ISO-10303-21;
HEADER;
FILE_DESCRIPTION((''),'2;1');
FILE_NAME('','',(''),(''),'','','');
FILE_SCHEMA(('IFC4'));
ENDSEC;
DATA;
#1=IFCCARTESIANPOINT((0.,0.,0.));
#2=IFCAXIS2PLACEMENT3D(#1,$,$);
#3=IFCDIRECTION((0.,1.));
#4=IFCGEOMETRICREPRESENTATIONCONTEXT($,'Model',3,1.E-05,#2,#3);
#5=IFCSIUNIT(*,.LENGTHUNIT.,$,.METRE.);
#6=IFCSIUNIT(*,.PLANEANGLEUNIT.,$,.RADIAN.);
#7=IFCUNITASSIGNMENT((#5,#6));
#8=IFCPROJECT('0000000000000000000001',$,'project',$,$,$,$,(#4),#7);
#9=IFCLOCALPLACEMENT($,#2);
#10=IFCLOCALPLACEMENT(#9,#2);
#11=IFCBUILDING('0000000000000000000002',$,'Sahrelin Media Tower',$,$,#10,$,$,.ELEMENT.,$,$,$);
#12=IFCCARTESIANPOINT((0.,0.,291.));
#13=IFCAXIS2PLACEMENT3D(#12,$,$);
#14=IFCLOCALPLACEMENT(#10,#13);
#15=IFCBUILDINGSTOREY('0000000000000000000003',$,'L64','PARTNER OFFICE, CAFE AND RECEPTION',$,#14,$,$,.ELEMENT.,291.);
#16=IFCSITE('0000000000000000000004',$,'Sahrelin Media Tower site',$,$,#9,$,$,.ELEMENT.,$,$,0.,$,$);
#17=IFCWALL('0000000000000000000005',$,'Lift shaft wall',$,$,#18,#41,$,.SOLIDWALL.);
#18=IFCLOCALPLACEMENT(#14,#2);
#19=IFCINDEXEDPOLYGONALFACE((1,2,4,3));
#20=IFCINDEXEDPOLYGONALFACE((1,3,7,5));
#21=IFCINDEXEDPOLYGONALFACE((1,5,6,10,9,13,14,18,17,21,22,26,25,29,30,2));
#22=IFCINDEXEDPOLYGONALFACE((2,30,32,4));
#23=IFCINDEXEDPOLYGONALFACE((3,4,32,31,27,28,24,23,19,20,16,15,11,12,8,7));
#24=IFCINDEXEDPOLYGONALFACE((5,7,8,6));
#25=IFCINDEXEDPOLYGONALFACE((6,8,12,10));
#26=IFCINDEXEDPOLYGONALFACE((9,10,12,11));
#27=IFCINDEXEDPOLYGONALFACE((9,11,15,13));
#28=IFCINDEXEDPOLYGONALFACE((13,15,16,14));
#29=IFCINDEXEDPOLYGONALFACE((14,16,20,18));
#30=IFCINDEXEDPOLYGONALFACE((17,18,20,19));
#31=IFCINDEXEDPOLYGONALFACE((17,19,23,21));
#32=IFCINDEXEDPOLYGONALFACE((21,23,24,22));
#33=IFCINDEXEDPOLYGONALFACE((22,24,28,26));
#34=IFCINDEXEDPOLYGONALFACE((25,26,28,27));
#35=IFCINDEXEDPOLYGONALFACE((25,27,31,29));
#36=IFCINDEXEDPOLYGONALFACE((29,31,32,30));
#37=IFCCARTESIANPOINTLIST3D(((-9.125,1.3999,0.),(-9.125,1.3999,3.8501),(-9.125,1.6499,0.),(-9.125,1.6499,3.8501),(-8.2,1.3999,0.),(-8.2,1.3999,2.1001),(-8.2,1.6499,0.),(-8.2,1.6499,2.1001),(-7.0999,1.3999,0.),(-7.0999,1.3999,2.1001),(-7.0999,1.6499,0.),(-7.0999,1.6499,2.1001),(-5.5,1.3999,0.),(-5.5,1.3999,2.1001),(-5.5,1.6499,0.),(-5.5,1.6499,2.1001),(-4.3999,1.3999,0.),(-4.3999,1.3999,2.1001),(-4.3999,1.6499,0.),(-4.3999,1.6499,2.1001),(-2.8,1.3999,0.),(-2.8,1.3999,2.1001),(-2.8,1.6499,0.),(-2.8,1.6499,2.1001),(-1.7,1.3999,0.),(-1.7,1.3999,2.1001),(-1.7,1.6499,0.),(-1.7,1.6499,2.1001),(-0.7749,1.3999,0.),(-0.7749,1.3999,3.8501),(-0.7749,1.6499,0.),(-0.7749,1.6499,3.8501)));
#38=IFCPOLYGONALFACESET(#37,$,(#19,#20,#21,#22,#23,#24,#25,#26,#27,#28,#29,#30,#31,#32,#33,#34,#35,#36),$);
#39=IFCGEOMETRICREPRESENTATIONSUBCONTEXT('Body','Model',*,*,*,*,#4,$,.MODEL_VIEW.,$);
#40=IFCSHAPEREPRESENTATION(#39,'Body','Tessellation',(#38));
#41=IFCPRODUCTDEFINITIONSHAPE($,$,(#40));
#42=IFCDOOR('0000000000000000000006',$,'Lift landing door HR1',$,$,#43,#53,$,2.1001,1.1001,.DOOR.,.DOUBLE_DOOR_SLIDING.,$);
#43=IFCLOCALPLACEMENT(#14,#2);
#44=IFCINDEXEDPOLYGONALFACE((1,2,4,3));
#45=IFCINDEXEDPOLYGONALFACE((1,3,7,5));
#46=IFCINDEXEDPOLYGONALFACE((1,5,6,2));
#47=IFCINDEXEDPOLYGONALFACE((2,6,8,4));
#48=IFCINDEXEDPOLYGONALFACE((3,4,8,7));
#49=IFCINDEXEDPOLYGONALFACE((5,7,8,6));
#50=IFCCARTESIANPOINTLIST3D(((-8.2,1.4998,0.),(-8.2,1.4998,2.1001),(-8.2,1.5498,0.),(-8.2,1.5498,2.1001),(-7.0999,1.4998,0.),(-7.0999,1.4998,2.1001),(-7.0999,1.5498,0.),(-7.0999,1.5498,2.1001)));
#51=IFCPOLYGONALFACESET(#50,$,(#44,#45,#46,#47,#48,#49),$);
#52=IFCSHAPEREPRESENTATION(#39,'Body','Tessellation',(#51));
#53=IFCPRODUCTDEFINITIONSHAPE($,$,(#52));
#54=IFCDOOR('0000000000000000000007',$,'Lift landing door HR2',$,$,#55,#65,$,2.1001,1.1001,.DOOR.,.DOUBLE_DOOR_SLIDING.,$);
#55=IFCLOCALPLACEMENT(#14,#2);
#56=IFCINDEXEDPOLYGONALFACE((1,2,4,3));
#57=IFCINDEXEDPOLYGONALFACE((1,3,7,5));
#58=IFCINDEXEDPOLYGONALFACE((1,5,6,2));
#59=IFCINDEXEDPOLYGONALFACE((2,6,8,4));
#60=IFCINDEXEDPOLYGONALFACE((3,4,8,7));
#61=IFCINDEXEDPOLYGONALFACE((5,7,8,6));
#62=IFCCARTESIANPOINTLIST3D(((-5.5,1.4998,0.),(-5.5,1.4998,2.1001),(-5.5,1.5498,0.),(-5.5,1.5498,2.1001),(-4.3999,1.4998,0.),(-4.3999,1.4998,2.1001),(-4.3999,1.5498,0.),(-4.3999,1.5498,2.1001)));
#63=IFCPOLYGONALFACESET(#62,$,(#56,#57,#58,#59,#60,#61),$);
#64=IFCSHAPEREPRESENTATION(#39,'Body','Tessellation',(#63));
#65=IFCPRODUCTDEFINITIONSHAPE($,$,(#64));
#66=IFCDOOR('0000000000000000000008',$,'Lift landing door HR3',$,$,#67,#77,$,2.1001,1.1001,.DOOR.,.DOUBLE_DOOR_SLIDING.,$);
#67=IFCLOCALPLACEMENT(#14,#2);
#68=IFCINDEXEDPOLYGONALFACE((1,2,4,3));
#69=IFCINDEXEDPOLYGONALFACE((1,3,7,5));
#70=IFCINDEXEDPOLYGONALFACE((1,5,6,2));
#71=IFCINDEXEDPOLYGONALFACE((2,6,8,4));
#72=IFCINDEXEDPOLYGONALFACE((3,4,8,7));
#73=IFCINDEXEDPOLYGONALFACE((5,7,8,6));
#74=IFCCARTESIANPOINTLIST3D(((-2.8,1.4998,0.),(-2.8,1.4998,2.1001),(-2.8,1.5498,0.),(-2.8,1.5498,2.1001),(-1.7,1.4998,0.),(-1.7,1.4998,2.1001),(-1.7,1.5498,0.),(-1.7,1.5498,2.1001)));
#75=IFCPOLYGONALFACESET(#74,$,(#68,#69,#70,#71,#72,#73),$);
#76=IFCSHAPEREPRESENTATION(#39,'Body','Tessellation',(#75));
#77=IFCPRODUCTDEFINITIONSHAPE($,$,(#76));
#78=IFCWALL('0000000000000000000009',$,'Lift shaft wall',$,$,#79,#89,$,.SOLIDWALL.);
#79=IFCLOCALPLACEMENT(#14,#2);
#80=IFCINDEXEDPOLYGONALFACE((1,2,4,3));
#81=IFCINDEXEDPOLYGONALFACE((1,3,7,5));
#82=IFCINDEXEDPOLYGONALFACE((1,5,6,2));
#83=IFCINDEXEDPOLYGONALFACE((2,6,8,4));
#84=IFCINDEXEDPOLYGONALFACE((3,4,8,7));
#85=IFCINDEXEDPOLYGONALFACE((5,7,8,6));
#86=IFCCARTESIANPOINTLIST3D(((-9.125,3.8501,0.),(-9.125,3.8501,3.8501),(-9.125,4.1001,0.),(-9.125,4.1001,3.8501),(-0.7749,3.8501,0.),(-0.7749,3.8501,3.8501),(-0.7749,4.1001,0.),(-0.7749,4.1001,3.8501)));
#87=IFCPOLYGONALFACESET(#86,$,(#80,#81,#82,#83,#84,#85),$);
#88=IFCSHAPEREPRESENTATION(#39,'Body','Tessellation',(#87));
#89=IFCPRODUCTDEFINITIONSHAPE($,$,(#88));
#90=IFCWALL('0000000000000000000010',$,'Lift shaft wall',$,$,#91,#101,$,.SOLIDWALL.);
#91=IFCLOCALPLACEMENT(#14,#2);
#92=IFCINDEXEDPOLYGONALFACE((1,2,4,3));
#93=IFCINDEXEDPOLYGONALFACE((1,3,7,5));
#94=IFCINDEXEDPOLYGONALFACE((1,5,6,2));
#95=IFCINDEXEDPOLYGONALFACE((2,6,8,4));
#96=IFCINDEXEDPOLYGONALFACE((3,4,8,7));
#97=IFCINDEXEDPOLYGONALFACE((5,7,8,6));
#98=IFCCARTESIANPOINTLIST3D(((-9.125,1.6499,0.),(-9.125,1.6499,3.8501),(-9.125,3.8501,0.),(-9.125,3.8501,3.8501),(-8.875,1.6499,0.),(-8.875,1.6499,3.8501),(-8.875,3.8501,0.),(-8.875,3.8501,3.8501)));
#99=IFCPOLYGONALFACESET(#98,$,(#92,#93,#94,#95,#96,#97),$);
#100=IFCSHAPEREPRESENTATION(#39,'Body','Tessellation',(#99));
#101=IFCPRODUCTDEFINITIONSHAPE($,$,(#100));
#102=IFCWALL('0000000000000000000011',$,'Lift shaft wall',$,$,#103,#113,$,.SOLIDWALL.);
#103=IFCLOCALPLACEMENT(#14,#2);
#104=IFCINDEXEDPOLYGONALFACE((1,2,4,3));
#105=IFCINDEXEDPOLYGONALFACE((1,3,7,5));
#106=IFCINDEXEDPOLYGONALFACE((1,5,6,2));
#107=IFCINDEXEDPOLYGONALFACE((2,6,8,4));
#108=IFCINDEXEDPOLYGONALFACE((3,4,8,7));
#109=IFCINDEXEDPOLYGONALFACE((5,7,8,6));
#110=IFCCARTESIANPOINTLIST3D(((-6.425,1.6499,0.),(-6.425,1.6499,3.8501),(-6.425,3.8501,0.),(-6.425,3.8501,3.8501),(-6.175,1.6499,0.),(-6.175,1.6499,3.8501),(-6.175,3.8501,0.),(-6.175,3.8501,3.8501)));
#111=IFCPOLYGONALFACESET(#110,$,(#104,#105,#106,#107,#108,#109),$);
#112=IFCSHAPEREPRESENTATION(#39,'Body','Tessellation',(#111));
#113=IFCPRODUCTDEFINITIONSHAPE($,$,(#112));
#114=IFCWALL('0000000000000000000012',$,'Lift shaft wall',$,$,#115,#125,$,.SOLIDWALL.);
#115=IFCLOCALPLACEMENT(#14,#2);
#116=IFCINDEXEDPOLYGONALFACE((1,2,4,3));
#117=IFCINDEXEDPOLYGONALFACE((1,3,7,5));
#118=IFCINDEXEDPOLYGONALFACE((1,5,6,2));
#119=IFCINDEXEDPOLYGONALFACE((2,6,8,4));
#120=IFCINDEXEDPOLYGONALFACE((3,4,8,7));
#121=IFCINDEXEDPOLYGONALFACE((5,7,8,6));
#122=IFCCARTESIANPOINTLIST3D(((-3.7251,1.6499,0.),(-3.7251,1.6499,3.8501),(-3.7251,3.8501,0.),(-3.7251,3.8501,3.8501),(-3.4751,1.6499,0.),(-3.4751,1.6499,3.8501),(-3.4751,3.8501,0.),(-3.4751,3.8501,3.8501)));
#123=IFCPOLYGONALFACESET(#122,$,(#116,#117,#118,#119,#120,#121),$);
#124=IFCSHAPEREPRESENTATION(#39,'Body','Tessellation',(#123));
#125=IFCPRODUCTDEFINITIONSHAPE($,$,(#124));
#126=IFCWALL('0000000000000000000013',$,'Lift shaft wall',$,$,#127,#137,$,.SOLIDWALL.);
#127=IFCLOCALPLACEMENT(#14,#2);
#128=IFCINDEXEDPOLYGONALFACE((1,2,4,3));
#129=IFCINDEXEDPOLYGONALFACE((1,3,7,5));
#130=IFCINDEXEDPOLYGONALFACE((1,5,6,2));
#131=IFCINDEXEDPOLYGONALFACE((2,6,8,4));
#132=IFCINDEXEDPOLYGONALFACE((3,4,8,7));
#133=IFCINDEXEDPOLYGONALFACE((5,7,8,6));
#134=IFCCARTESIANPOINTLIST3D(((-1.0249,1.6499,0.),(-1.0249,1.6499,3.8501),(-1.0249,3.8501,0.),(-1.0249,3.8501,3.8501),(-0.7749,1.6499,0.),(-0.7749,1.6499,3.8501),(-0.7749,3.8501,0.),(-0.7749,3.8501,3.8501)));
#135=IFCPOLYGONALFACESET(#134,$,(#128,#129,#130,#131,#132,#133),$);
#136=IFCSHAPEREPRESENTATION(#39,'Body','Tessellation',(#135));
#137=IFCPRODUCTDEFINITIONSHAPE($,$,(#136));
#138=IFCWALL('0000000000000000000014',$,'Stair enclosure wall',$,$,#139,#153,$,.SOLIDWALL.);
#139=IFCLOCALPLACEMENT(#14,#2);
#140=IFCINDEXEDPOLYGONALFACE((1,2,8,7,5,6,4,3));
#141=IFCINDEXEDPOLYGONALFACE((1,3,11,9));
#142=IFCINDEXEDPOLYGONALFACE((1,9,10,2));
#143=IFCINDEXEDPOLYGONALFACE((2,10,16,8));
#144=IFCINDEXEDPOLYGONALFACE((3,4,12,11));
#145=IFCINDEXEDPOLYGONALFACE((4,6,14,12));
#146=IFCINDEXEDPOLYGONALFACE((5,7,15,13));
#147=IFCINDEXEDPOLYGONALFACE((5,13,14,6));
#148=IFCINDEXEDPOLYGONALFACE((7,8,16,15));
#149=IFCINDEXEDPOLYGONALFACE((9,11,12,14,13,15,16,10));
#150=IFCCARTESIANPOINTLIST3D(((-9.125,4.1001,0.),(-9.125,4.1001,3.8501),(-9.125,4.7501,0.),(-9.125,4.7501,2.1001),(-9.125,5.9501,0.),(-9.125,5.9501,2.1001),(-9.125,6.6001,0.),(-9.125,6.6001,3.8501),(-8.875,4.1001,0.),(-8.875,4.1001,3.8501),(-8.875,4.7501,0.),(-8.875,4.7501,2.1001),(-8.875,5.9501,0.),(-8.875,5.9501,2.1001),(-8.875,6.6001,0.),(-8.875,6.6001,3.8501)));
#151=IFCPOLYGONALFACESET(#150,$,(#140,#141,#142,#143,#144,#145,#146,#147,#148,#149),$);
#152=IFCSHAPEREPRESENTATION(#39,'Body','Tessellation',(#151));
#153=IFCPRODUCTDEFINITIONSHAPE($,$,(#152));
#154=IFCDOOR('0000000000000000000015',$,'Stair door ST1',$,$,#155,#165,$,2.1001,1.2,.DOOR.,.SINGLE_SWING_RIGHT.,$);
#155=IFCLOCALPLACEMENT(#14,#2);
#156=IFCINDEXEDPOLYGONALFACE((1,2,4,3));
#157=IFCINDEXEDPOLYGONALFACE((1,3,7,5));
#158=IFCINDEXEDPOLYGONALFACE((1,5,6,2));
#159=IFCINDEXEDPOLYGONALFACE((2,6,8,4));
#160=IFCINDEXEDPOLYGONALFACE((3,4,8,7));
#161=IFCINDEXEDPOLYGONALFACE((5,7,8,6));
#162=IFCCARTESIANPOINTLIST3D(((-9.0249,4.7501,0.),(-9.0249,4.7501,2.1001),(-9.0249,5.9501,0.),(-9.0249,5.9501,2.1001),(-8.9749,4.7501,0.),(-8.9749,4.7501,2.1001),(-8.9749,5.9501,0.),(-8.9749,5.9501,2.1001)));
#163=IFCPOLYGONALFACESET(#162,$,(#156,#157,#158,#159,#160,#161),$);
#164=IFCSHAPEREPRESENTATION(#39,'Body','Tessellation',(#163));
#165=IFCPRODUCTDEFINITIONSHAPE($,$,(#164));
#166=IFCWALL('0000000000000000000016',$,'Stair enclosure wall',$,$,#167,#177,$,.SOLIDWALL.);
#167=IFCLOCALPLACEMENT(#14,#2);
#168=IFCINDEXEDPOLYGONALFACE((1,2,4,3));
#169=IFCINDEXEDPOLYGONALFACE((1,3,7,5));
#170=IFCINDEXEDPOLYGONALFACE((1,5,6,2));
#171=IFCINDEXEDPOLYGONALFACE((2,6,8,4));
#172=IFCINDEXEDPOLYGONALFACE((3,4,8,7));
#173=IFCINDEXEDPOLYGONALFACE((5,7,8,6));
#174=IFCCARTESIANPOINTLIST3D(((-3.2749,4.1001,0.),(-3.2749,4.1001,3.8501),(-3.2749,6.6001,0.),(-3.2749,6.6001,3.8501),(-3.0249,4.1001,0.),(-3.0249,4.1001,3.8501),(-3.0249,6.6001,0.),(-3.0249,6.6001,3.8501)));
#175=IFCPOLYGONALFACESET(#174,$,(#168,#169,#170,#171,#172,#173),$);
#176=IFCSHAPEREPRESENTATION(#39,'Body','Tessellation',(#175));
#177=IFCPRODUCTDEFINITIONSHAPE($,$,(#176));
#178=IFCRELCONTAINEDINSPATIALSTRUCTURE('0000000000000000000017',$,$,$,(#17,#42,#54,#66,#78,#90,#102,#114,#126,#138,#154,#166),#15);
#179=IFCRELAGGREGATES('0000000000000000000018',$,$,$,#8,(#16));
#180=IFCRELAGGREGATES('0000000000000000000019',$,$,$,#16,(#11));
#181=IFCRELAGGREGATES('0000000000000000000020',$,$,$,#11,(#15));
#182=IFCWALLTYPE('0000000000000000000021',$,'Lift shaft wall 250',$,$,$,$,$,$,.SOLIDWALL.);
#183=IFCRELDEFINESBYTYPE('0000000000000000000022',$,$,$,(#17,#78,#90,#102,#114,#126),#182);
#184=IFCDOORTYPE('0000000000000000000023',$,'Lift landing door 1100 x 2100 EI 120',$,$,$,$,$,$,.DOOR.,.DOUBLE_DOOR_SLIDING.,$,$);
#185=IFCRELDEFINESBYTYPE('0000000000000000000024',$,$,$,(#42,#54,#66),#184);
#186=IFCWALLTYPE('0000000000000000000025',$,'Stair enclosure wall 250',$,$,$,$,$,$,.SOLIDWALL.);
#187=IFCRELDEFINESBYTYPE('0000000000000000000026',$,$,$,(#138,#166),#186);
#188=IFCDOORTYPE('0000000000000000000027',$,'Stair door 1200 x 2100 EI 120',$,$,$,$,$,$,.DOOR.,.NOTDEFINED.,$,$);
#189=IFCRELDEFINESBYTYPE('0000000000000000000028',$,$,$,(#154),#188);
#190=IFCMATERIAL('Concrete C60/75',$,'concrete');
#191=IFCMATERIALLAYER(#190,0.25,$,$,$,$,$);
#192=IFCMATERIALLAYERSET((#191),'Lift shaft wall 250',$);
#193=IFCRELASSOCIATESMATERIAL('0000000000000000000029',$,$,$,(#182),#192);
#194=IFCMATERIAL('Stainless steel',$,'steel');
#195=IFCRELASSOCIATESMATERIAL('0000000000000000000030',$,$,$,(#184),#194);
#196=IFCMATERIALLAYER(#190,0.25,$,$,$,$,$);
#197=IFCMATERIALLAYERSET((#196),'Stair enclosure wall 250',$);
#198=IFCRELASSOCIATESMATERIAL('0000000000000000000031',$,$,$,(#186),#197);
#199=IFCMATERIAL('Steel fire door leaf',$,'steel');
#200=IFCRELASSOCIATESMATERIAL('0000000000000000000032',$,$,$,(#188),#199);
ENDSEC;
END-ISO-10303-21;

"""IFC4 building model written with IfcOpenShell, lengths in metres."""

from ifc_helpers import new_model, si_unit, direction, frame, frame_2d, origin, place, context, subcontext, project, spatial, rectangle, extrude, material, layer, layer_set, type_object, element, fill, save


model = new_model("IFC4")

# Units and contexts
model_context = context("Model", 3, precision=1e-05, world=origin(), true_north=direction((0.0, 1.0)))
body_context = subcontext(model_context, "Body", "Model", "MODEL_VIEW")
ifc_project = project(units=[si_unit("LENGTHUNIT", "METRE"), si_unit("PLANEANGLEUNIT", "RADIAN")], contexts=[model_context])

# Site, building, storey
site_placement = place(None, origin())
site = spatial("IfcSite", under=ifc_project, at=site_placement, Name="Sahrelin Media Tower site", CompositionType="ELEMENT", RefElevation=0.0)
building_placement = place(site_placement, origin())
building = spatial("IfcBuilding", under=site, at=building_placement, Name="Sahrelin Media Tower", CompositionType="ELEMENT")
storey_placement = place(building_placement, frame((0.0, 0.0, 291.0)))
storey = spatial("IfcBuildingStorey", under=building, at=storey_placement, Name="L64", Description="PARTNER OFFICE, CAFE AND RECEPTION", CompositionType="ELEMENT", Elevation=291.0)

# Shared definitions
ifc_material_1 = material(Name="Steel fire door leaf", Category="steel")

# Wall, openings, doors
ifc_material_2 = material(Name="Concrete C60/75", Category="concrete")
ifc_layer_1 = layer(ifc_material_2, 0.25)
ifc_layer_set_1 = layer_set([ifc_layer_1], Name="Lift shaft wall 250")
wall_type_1 = type_object("IfcWallType", Name="Lift shaft wall 250", PredefinedType="SOLIDWALL", material=ifc_layer_set_1)
wall_1_placement = place(storey_placement, frame((-9.125, 1.5249, 0.0), z_axis=(0.0, 0.0, 1.0), x_axis=(1.0, 0.0, 0.0)))
wall_1 = element("IfcWall", 1, at=wall_1_placement, inside=storey, type_object=wall_type_1, Name="Lift shaft wall", PredefinedType="SOLIDWALL", context=body_context, shape_type="SweptSolid", body=[
    extrude(rectangle(XDim=8.3501, YDim=0.25, at=frame_2d((4.175, 0.0))), origin(), (0.0, 0.0, 1.0), 3.8501),
])
opening_1_placement = place(wall_1_placement, frame((0.925, 0.0, 0.0)))
opening_1 = element("IfcOpeningElement", 2, at=opening_1_placement, cuts=wall_1, PredefinedType="OPENING", context=body_context, shape_type="SweptSolid", body=[
    extrude(rectangle(XDim=1.1001, YDim=2.1001, at=frame_2d((0.55, 1.05))), frame((0.0, 0.125, 0.0), z_axis=(0.0, -1.0, 0.0), x_axis=(1.0, 0.0, 0.0)), (0.0, 0.0, 1.0), 0.25),
])
opening_2_placement = place(wall_1_placement, frame((3.625, 0.0, 0.0)))
opening_2 = element("IfcOpeningElement", 3, at=opening_2_placement, cuts=wall_1, PredefinedType="OPENING", context=body_context, shape_type="SweptSolid", body=[
    extrude(rectangle(XDim=1.1001, YDim=2.1001, at=frame_2d((0.55, 1.05))), frame((0.0, 0.125, 0.0), z_axis=(0.0, -1.0, 0.0), x_axis=(1.0, 0.0, 0.0)), (0.0, 0.0, 1.0), 0.25),
])
opening_3_placement = place(wall_1_placement, frame((6.325, 0.0, 0.0)))
opening_3 = element("IfcOpeningElement", 4, at=opening_3_placement, cuts=wall_1, PredefinedType="OPENING", context=body_context, shape_type="SweptSolid", body=[
    extrude(rectangle(XDim=1.1001, YDim=2.1001, at=frame_2d((0.55, 1.05))), frame((0.0, 0.125, 0.0), z_axis=(0.0, -1.0, 0.0), x_axis=(1.0, 0.0, 0.0)), (0.0, 0.0, 1.0), 0.25),
])
ifc_material_3 = material(Name="Stainless steel", Category="steel")
door_type_1 = type_object("IfcDoorType", Name="Lift landing door 1100 x 2100 EI 120", OperationType="DOUBLE_DOOR_SLIDING", PredefinedType="DOOR", material=ifc_material_3)
door_1_placement = place(opening_1_placement, origin())
door_1 = element("IfcDoor", 5, at=door_1_placement, inside=storey, type_object=door_type_1, Name="Lift landing door HR1", OperationType="DOUBLE_DOOR_SLIDING", OverallHeight=2.1001, OverallWidth=1.1001, PredefinedType="DOOR", context=body_context, shape_type="SweptSolid", body=[
    extrude(rectangle(XDim=1.1001, YDim=2.1001, at=frame_2d((0.55, 1.05))), frame((0.0, 0.0249, 0.0), z_axis=(0.0, -1.0, 0.0), x_axis=(1.0, 0.0, 0.0)), (0.0, 0.0, 1.0), 0.05),
])
fill(opening_1, door_1)
door_2_placement = place(opening_2_placement, origin())
door_2 = element("IfcDoor", 6, at=door_2_placement, inside=storey, type_object=door_type_1, Name="Lift landing door HR2", OperationType="DOUBLE_DOOR_SLIDING", OverallHeight=2.1001, OverallWidth=1.1001, PredefinedType="DOOR", context=body_context, shape_type="SweptSolid", body=[
    extrude(rectangle(XDim=1.1001, YDim=2.1001, at=frame_2d((0.55, 1.05))), frame((0.0, 0.0249, 0.0), z_axis=(0.0, -1.0, 0.0), x_axis=(1.0, 0.0, 0.0)), (0.0, 0.0, 1.0), 0.05),
])
fill(opening_2, door_2)
door_3_placement = place(opening_3_placement, origin())
door_3 = element("IfcDoor", 7, at=door_3_placement, inside=storey, type_object=door_type_1, Name="Lift landing door HR3", OperationType="DOUBLE_DOOR_SLIDING", OverallHeight=2.1001, OverallWidth=1.1001, PredefinedType="DOOR", context=body_context, shape_type="SweptSolid", body=[
    extrude(rectangle(XDim=1.1001, YDim=2.1001, at=frame_2d((0.55, 1.05))), frame((0.0, 0.0249, 0.0), z_axis=(0.0, -1.0, 0.0), x_axis=(1.0, 0.0, 0.0)), (0.0, 0.0, 1.0), 0.05),
])
fill(opening_3, door_3)

# Walls
wall_2_placement = place(storey_placement, frame((-9.125, 3.9751, 0.0), z_axis=(0.0, 0.0, 1.0), x_axis=(1.0, 0.0, 0.0)))
element("IfcWall", 8, at=wall_2_placement, inside=storey, type_object=wall_type_1, Name="Lift shaft wall", PredefinedType="SOLIDWALL", context=body_context, shape_type="SweptSolid", body=[
    extrude(rectangle(XDim=8.3501, YDim=0.25, at=frame_2d((4.175, 0.0))), origin(), (0.0, 0.0, 1.0), 3.8501),
])
for number, where, z_axis, x_axis, name in (
    (9, (-9.0, 1.6499, 0.0), (0.0, 0.0, 1.0), (0.0, 1.0, 0.0), "Lift shaft wall"),
    (10, (-6.3, 1.6499, 0.0), (0.0, 0.0, 1.0), (0.0, 1.0, 0.0), "Lift shaft wall"),
    (11, (-3.6001, 1.6499, 0.0), (0.0, 0.0, 1.0), (0.0, 1.0, 0.0), "Lift shaft wall"),
    (12, (-0.8999, 1.6499, 0.0), (0.0, 0.0, 1.0), (0.0, 1.0, 0.0), "Lift shaft wall"),
):
    element("IfcWall", number, at=place(storey_placement, frame(where, z_axis=z_axis, x_axis=x_axis)), inside=storey, type_object=wall_type_1, Name=name, PredefinedType="SOLIDWALL", context=body_context, shape_type="SweptSolid", body=[
        extrude(rectangle(XDim=2.2002, YDim=0.25, at=frame_2d((1.1001, 0.0))), origin(), (0.0, 0.0, 1.0), 3.8501),
    ])

# Wall, opening, door
ifc_layer_2 = layer(ifc_material_2, 0.25)
ifc_layer_set_2 = layer_set([ifc_layer_2], Name="Stair enclosure wall 250")
wall_type_2 = type_object("IfcWallType", Name="Stair enclosure wall 250", PredefinedType="SOLIDWALL", material=ifc_layer_set_2)
wall_3_placement = place(storey_placement, frame((-9.0, 4.1001, 0.0), z_axis=(0.0, 0.0, 1.0), x_axis=(0.0, 1.0, 0.0)))
wall_3 = element("IfcWall", 13, at=wall_3_placement, inside=storey, type_object=wall_type_2, Name="Stair enclosure wall", PredefinedType="SOLIDWALL", context=body_context, shape_type="SweptSolid", body=[
    extrude(rectangle(XDim=2.5, YDim=0.25, at=frame_2d((1.25, 0.0))), origin(), (0.0, 0.0, 1.0), 3.8501),
])
opening_4_placement = place(wall_3_placement, frame((0.6499, 0.0, 0.0)))
opening_4 = element("IfcOpeningElement", 14, at=opening_4_placement, cuts=wall_3, PredefinedType="OPENING", context=body_context, shape_type="SweptSolid", body=[
    extrude(rectangle(XDim=1.2, YDim=2.1001, at=frame_2d((0.6001, 1.05))), frame((0.0, 0.125, 0.0), z_axis=(0.0, -1.0, 0.0), x_axis=(1.0, 0.0, 0.0)), (0.0, 0.0, 1.0), 0.25),
])
door_type_2 = type_object("IfcDoorType", Name="Stair door 1200 x 2100 EI 120", OperationType="NOTDEFINED", PredefinedType="DOOR", material=ifc_material_1)
door_4_placement = place(opening_4_placement, origin())
door_4 = element("IfcDoor", 15, at=door_4_placement, inside=storey, type_object=door_type_2, Name="Stair door ST1", OperationType="SINGLE_SWING_RIGHT", OverallHeight=2.1001, OverallWidth=1.2, PredefinedType="DOOR", context=body_context, shape_type="SweptSolid", body=[
    extrude(rectangle(XDim=1.2, YDim=2.1001, at=frame_2d((0.6001, 1.05))), frame((0.0, 0.0249, 0.0), z_axis=(0.0, -1.0, 0.0), x_axis=(1.0, 0.0, 0.0)), (0.0, 0.0, 1.0), 0.05),
])
fill(opening_4, door_4)

# Wall
wall_4_placement = place(storey_placement, frame((-3.1499, 4.1001, 0.0), z_axis=(0.0, 0.0, 1.0), x_axis=(0.0, 1.0, 0.0)))
element("IfcWall", 16, at=wall_4_placement, inside=storey, type_object=wall_type_2, Name="Stair enclosure wall", PredefinedType="SOLIDWALL", context=body_context, shape_type="SweptSolid", body=[
    extrude(rectangle(XDim=2.5, YDim=0.25, at=frame_2d((1.25, 0.0))), origin(), (0.0, 0.0, 1.0), 3.8501),
])

save(model, "model.ifc")
